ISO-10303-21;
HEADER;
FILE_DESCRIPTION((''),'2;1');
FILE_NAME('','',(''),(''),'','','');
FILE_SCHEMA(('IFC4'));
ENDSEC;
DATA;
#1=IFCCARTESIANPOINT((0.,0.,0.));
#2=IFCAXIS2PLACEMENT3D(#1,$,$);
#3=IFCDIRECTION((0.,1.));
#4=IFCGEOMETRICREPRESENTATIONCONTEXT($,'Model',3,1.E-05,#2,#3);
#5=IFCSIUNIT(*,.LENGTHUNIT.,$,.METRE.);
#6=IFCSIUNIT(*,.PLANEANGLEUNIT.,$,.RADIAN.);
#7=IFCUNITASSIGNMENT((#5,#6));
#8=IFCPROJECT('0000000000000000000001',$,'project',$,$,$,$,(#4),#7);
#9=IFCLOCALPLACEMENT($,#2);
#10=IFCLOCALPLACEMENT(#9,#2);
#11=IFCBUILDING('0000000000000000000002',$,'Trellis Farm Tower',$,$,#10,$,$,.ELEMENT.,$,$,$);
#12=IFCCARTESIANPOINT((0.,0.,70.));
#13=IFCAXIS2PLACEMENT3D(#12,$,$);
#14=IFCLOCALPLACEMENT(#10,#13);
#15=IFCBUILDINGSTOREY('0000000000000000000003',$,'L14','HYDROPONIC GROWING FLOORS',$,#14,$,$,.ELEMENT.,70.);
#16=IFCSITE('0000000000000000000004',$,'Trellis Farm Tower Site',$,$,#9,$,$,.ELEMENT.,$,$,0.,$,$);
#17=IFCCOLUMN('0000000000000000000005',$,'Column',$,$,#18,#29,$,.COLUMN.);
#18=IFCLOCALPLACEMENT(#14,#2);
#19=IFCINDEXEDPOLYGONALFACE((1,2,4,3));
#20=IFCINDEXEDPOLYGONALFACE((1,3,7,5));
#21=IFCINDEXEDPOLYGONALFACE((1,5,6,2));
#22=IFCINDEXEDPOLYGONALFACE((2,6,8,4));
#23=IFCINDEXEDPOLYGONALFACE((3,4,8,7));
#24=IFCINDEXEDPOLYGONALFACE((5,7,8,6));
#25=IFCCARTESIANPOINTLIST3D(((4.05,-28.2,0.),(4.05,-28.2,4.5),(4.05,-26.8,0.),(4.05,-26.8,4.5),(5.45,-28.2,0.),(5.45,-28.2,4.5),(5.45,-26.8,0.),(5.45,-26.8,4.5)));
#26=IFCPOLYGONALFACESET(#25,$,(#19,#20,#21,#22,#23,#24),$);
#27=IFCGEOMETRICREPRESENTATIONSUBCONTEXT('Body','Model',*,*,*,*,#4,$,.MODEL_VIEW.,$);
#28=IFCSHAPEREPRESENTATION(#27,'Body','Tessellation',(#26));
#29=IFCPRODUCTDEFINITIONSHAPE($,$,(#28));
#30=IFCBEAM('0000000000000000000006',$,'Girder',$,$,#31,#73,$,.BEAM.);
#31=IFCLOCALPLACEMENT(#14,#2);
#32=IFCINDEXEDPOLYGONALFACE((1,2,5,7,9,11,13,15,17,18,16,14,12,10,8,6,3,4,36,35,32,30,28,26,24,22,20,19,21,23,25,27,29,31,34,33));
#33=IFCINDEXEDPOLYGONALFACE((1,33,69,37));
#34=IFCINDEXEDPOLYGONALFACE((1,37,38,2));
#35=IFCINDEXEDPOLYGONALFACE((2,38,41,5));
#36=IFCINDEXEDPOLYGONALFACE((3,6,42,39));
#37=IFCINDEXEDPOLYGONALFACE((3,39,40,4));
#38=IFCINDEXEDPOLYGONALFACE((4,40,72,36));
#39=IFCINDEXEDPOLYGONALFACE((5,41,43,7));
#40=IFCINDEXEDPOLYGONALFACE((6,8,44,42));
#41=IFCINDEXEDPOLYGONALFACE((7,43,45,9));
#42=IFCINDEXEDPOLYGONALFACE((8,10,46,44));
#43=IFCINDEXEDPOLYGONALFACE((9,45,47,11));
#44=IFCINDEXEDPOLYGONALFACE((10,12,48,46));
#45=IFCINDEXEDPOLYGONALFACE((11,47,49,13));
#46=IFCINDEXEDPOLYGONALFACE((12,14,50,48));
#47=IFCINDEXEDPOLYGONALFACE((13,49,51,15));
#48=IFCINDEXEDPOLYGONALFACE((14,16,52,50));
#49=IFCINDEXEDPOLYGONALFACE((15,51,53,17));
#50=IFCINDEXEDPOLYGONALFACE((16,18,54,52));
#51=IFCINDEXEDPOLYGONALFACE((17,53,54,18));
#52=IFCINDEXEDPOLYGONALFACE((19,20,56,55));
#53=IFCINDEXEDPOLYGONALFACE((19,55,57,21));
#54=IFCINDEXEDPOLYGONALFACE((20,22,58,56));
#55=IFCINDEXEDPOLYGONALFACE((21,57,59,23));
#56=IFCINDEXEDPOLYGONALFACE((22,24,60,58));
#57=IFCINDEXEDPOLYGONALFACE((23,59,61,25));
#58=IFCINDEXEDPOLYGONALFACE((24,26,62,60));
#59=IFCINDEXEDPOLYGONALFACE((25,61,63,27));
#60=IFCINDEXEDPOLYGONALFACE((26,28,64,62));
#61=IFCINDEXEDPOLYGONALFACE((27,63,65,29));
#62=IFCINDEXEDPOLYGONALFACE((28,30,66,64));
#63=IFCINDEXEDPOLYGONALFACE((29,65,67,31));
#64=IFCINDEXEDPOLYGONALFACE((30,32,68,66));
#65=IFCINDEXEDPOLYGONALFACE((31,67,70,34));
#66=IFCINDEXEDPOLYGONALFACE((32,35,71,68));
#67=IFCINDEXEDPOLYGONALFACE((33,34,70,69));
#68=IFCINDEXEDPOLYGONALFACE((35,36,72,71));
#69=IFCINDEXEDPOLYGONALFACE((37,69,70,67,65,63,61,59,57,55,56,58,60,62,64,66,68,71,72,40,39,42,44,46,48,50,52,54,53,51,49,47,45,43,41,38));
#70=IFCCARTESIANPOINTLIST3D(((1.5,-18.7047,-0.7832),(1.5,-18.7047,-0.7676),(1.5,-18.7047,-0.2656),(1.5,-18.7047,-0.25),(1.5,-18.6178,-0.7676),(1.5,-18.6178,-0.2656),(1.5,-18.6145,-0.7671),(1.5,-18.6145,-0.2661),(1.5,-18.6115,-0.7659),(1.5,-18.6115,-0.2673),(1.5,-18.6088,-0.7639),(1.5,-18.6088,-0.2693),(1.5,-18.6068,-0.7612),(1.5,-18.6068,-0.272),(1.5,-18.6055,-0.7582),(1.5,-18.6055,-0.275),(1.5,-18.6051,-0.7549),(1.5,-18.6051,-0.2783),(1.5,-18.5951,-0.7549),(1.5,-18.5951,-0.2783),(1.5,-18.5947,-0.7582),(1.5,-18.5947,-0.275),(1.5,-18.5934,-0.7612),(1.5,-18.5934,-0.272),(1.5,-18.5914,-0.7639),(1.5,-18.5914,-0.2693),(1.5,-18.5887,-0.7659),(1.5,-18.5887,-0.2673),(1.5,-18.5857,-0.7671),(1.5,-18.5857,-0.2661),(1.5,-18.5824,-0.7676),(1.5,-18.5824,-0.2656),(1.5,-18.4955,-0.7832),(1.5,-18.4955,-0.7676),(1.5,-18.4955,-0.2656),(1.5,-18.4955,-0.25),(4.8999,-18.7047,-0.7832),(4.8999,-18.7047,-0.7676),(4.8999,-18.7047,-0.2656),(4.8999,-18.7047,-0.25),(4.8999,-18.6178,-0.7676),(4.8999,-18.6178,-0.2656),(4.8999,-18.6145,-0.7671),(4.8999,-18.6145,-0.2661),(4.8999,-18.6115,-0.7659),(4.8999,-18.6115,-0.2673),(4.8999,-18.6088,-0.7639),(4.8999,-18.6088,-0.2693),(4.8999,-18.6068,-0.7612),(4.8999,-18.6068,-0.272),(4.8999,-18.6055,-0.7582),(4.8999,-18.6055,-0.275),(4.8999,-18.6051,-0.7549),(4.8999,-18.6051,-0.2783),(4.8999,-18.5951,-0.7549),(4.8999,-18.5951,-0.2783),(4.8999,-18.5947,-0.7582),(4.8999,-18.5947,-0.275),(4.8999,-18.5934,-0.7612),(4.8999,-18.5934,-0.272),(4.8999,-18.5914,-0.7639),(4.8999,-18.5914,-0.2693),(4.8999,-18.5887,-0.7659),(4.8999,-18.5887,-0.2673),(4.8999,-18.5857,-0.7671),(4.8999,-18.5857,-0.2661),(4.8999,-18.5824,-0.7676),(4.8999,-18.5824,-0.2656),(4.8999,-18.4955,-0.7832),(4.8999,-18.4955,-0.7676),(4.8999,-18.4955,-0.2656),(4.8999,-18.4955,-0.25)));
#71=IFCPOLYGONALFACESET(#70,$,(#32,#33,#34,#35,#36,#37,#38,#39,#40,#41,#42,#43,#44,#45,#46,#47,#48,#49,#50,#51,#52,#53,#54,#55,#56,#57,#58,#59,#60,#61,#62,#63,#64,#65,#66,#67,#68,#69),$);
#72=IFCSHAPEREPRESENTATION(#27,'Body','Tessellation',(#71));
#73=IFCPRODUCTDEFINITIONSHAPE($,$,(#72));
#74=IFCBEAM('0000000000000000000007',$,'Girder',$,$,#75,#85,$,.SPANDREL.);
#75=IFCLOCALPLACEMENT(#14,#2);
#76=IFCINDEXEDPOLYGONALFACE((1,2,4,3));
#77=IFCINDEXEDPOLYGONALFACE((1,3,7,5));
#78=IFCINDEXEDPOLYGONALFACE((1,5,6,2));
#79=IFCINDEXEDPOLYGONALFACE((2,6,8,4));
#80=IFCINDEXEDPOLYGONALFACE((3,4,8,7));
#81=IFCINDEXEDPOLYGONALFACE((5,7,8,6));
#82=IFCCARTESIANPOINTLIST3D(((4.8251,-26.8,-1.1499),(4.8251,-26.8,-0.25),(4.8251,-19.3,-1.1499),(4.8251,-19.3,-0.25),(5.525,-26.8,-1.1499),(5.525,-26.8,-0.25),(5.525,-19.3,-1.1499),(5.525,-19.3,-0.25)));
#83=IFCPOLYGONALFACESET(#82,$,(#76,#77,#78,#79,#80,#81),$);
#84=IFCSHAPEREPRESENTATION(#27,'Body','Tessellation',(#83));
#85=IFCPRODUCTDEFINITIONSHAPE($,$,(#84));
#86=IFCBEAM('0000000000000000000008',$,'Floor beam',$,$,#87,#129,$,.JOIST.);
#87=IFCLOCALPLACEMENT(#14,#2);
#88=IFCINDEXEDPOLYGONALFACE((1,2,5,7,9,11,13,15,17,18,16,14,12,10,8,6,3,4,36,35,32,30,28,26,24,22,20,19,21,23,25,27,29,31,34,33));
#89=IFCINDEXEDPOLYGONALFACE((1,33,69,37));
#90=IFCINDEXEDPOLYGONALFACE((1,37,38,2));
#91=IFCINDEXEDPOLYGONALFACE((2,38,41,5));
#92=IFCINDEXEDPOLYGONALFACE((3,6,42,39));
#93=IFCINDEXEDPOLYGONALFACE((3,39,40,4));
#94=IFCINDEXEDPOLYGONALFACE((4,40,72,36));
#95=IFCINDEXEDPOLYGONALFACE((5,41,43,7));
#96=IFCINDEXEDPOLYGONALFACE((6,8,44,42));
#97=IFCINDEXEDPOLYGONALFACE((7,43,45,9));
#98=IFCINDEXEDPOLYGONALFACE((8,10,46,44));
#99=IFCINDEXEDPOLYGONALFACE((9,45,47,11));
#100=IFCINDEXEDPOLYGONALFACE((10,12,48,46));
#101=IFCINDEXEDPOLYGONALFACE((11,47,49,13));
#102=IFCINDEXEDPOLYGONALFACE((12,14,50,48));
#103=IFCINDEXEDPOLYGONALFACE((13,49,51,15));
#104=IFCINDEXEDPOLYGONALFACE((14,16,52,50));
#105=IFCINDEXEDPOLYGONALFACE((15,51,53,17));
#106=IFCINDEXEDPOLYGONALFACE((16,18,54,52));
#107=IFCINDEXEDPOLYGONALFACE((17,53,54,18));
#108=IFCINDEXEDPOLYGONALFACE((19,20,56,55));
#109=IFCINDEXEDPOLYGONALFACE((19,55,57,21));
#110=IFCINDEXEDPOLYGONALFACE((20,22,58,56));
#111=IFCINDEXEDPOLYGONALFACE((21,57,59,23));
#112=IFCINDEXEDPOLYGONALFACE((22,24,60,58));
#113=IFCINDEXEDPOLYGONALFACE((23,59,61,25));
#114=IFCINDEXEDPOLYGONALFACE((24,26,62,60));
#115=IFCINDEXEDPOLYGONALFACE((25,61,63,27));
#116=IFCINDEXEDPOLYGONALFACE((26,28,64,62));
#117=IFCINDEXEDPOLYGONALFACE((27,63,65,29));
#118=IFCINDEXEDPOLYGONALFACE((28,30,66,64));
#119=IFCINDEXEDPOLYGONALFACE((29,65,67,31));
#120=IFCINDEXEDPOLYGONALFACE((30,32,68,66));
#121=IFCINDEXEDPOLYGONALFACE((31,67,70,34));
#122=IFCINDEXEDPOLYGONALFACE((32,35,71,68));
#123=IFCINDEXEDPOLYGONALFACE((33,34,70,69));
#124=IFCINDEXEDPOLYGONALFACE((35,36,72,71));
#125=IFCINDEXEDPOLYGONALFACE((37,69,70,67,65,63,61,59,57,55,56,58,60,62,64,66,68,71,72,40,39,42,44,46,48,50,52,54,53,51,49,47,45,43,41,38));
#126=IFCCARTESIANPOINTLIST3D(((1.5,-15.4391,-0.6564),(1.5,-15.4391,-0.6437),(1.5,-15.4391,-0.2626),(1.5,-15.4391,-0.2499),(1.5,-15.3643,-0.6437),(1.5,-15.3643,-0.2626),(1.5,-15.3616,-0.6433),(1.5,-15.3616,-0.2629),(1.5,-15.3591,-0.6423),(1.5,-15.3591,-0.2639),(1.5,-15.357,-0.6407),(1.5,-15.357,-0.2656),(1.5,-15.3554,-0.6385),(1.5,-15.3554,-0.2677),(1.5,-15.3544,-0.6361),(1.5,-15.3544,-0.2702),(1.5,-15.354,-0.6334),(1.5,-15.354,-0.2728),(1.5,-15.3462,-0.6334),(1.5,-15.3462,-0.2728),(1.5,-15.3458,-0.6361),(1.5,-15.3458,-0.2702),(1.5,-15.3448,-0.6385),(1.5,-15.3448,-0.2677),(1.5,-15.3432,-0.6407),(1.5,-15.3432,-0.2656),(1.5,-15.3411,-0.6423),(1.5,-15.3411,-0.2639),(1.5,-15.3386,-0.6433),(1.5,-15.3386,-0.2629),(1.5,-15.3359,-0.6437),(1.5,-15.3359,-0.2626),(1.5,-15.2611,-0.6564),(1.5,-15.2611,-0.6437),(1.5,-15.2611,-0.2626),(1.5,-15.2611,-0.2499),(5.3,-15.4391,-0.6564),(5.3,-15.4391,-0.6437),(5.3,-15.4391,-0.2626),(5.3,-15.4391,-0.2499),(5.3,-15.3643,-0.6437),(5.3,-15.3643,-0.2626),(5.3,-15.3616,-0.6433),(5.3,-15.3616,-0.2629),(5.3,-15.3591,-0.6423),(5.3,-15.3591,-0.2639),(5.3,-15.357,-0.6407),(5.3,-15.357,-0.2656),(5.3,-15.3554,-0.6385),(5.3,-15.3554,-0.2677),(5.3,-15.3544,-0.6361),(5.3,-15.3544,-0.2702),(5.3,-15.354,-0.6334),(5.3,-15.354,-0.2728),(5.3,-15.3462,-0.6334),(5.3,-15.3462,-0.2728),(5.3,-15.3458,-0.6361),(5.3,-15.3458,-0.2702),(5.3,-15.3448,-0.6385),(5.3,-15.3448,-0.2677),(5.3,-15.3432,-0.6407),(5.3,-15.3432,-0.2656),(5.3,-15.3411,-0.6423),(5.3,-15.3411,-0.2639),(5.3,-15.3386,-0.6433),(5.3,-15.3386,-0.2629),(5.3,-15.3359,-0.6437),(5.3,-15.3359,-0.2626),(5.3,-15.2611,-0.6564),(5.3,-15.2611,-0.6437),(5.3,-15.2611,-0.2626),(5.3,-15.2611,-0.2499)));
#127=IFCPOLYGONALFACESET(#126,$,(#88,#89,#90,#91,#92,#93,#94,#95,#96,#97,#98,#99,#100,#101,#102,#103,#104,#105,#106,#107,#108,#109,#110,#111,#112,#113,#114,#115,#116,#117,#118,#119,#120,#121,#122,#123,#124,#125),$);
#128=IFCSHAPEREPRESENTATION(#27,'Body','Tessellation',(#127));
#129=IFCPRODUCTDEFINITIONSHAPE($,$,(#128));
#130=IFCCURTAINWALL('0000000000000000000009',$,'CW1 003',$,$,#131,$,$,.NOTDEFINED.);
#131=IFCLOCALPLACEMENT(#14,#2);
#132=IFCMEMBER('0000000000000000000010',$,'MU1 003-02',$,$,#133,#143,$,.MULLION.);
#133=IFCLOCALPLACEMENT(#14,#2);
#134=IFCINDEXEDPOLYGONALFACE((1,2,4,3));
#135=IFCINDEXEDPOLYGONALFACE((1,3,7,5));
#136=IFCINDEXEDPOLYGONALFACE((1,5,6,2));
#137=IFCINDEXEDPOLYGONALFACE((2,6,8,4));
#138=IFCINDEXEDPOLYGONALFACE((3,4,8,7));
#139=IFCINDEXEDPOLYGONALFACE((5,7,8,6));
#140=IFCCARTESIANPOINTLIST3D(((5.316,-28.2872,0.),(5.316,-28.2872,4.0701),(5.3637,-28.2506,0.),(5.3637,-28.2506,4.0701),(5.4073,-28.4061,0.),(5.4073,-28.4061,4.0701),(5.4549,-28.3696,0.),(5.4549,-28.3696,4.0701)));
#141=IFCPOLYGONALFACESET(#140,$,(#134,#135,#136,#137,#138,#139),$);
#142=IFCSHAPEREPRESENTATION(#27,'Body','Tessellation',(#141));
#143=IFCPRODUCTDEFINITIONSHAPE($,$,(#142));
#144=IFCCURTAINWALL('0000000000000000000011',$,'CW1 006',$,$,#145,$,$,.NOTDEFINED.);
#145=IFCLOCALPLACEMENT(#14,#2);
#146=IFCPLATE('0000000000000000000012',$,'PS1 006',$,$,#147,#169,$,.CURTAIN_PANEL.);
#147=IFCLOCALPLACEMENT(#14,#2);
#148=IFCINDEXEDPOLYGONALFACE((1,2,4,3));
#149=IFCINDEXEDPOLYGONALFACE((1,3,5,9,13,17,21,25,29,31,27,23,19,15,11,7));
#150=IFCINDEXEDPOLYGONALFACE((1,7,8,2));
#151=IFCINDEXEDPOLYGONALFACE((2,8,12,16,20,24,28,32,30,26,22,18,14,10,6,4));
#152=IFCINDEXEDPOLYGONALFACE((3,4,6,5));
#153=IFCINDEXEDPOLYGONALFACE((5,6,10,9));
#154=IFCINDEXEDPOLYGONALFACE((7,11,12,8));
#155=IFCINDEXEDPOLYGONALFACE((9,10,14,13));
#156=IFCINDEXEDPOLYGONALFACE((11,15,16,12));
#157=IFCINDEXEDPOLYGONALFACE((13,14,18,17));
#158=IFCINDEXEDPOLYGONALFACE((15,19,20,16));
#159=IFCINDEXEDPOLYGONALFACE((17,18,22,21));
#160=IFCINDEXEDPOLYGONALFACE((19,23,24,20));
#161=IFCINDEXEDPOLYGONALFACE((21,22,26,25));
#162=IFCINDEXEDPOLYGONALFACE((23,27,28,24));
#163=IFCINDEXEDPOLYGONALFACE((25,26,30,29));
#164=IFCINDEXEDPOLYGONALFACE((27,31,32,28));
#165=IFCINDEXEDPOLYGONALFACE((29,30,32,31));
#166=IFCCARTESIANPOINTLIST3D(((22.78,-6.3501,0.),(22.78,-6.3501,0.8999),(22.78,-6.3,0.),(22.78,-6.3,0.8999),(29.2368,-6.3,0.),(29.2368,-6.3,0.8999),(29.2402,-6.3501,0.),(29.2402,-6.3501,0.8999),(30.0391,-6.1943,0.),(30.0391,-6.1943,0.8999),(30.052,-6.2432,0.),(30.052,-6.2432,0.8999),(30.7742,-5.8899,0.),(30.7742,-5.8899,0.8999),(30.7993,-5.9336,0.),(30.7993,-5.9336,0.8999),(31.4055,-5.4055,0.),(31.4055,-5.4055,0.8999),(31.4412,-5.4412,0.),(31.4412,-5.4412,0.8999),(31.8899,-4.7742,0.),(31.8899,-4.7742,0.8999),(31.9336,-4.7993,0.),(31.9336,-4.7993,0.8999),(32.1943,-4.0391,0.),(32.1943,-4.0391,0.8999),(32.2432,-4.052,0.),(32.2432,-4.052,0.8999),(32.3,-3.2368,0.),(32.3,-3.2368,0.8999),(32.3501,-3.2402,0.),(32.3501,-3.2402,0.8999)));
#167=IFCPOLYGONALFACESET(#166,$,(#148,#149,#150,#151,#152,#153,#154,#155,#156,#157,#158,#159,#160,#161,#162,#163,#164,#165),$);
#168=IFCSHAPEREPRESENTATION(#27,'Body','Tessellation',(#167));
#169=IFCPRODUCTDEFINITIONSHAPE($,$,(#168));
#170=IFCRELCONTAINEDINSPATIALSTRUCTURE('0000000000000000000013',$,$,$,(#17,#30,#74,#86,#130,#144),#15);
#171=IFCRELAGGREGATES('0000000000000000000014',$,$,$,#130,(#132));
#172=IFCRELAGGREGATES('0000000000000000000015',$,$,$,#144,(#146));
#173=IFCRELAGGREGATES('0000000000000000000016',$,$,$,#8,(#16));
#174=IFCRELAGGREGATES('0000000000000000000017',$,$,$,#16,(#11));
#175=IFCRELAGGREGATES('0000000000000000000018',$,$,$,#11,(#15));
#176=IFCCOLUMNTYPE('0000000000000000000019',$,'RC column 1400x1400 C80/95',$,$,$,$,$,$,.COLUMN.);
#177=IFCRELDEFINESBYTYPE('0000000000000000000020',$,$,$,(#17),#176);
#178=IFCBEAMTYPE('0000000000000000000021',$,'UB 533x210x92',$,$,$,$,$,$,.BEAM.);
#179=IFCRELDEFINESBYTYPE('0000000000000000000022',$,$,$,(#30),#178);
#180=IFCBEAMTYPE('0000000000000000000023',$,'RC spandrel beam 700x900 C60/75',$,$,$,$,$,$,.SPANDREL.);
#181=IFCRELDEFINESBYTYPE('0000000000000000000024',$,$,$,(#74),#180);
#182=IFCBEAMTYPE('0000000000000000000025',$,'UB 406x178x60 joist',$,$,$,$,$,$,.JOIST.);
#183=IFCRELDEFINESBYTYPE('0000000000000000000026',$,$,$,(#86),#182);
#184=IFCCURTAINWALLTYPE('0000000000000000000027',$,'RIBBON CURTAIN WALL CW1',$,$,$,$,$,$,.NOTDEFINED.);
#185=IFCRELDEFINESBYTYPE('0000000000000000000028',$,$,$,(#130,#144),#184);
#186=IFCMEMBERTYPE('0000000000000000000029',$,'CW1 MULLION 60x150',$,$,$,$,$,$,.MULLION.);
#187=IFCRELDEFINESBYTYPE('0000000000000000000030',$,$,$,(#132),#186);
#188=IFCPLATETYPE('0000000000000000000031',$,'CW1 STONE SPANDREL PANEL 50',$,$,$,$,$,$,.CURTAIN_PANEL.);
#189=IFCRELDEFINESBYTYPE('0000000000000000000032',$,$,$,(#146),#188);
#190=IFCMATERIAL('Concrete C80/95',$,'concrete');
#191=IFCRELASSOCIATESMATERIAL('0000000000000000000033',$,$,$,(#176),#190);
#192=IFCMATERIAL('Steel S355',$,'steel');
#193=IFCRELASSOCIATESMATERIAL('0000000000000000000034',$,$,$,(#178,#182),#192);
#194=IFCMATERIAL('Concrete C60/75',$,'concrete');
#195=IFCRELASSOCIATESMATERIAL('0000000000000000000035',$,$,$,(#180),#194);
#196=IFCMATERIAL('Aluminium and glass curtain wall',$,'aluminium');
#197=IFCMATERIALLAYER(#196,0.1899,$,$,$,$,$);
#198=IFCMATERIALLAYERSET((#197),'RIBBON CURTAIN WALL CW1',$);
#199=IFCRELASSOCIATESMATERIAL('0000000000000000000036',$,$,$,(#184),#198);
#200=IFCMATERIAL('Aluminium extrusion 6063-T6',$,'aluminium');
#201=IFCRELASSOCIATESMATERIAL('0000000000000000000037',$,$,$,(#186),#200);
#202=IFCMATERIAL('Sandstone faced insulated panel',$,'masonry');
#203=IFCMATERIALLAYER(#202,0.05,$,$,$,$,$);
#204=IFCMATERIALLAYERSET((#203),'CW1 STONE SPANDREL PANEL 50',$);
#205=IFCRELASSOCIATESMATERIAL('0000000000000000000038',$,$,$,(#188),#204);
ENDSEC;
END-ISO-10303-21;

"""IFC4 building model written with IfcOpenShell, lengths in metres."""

from ifc_helpers import new_model, si_unit, direction, frame, origin, origin_2d, place, context, subcontext, project, spatial, polyline, rectangle, i_section, outline, extrude, source, transform, mapped, material, layer, layer_set, material_profile, profile_set, type_object, element, aggregate, save


model = new_model("IFC4")

# Units and contexts
model_context = context("Model", 3, precision=1e-05, world=origin(), true_north=direction((0.0, 1.0)))
body_context = subcontext(model_context, "Body", "Model", "MODEL_VIEW")
ifc_project = project(units=[si_unit("LENGTHUNIT", "METRE"), si_unit("PLANEANGLEUNIT", "RADIAN")], contexts=[model_context])

# Site, building, storey
site_placement = place(None, origin())
site = spatial("IfcSite", under=ifc_project, at=site_placement, Name="Trellis Farm Tower Site", CompositionType="ELEMENT", RefElevation=0.0)
building_placement = place(site_placement, origin())
building = spatial("IfcBuilding", under=site, at=building_placement, Name="Trellis Farm Tower", CompositionType="ELEMENT")
storey_placement = place(building_placement, frame((0.0, 0.0, 70.0)))
storey = spatial("IfcBuildingStorey", under=building, at=storey_placement, Name="L14", Description="HYDROPONIC GROWING FLOORS", CompositionType="ELEMENT", Elevation=70.0)

# Column
ifc_material_1 = material(Name="Concrete C80/95", Category="concrete")
ifc_material_profile_1 = material_profile(ifc_material_1, rectangle(XDim=1.3999, YDim=1.3999, at=origin_2d()), Name="RC column 1400x1400 C80/95")
ifc_profile_set_1 = profile_set([ifc_material_profile_1], Name="Concrete C80/95")
column_type = type_object("IfcColumnType", Name="RC column 1400x1400 C80/95", PredefinedType="COLUMN", material=ifc_profile_set_1)
shared_shape_1 = source(origin(), body_context, "Body", "SweptSolid", [
    extrude(rectangle(XDim=1.3999, YDim=1.3999, at=origin_2d()), origin(), (0.0, 0.0, 1.0), 4.5),
])
column_placement = place(storey_placement, frame((4.75, -27.5, 0.0), z_axis=(0.0, 0.0, 1.0), x_axis=(1.0, 0.0, 0.0)))
element("IfcColumn", 1, at=column_placement, inside=storey, type_object=column_type, Name="Column", PredefinedType="COLUMN", context=body_context, shape_type="MappedRepresentation", body=[
    mapped(shared_shape_1, transform((0.0, 0.0, 0.0))),
])

# Beams
ifc_material_2 = material(Name="Steel S355", Category="steel")
ifc_material_profile_2 = material_profile(ifc_material_2, i_section(OverallWidth=0.2092, OverallDepth=0.5332, WebThickness=0.01, FlangeThickness=0.0156, FilletRadius=0.0127, at=origin_2d()), Name="UB 533x210x92")
ifc_profile_set_2 = profile_set([ifc_material_profile_2], Name="Steel S355")
beam_type_1 = type_object("IfcBeamType", Name="UB 533x210x92", PredefinedType="BEAM", material=ifc_profile_set_2)
shared_shape_2 = source(origin(), body_context, "Body", "SweptSolid", [
    extrude(i_section(OverallWidth=0.2092, OverallDepth=0.5332, WebThickness=0.01, FlangeThickness=0.0156, FilletRadius=0.0127, at=origin_2d()), origin(), (0.0, 0.0, 1.0), 3.3999),
])
beam_1_placement = place(storey_placement, frame((1.5, -18.6001, -0.5166), z_axis=(1.0, 0.0, 0.0), x_axis=(0.0, 1.0, 0.0)))
element("IfcBeam", 2, at=beam_1_placement, inside=storey, type_object=beam_type_1, Name="Girder", PredefinedType="BEAM", context=body_context, shape_type="MappedRepresentation", body=[
    mapped(shared_shape_2, transform((0.0, 0.0, 0.0))),
])
ifc_material_3 = material(Name="Concrete C60/75", Category="concrete")
ifc_material_profile_3 = material_profile(ifc_material_3, rectangle(XDim=0.7, YDim=0.8999, at=origin_2d()), Name="RC spandrel beam 700x900 C60/75")
ifc_profile_set_3 = profile_set([ifc_material_profile_3], Name="Concrete C60/75")
beam_type_2 = type_object("IfcBeamType", Name="RC spandrel beam 700x900 C60/75", PredefinedType="SPANDREL", material=ifc_profile_set_3)
shared_shape_3 = source(origin(), body_context, "Body", "SweptSolid", [
    extrude(rectangle(XDim=0.7, YDim=0.8999, at=origin_2d()), origin(), (0.0, 0.0, 1.0), 7.5),
])
beam_2_placement = place(storey_placement, frame((5.175, -26.8, -0.7), z_axis=(0.0, 1.0, 0.0), x_axis=(-1.0, 0.0, 0.0)))
element("IfcBeam", 3, at=beam_2_placement, inside=storey, type_object=beam_type_2, Name="Girder", PredefinedType="SPANDREL", context=body_context, shape_type="MappedRepresentation", body=[
    mapped(shared_shape_3, transform((0.0, 0.0, 0.0))),
])
ifc_material_profile_4 = material_profile(ifc_material_2, i_section(OverallWidth=0.178, OverallDepth=0.4065, WebThickness=0.0078, FlangeThickness=0.0127, FilletRadius=0.0103, at=origin_2d()), Name="UB 406x178x60")
ifc_profile_set_4 = profile_set([ifc_material_profile_4], Name="Steel S355")
beam_type_3 = type_object("IfcBeamType", Name="UB 406x178x60 joist", PredefinedType="JOIST", material=ifc_profile_set_4)
shared_shape_4 = source(origin(), body_context, "Body", "SweptSolid", [
    extrude(i_section(OverallWidth=0.178, OverallDepth=0.4065, WebThickness=0.0078, FlangeThickness=0.0127, FilletRadius=0.0103, at=origin_2d()), origin(), (0.0, 0.0, 1.0), 3.8),
])
beam_3_placement = place(storey_placement, frame((1.5, -15.3501, -0.4531), z_axis=(1.0, 0.0, 0.0), x_axis=(0.0, 1.0, 0.0)))
element("IfcBeam", 4, at=beam_3_placement, inside=storey, type_object=beam_type_3, Name="Floor beam", PredefinedType="JOIST", context=body_context, shape_type="MappedRepresentation", body=[
    mapped(shared_shape_4, transform((0.0, 0.0, 0.0))),
])

# Curtain wall, member
ifc_material_4 = material(Name="Aluminium and glass curtain wall", Category="aluminium")
ifc_layer_1 = layer(ifc_material_4, 0.1899)
ifc_layer_set_1 = layer_set([ifc_layer_1], Name="RIBBON CURTAIN WALL CW1")
curtain_wall_type = type_object("IfcCurtainWallType", Name="RIBBON CURTAIN WALL CW1", PredefinedType="NOTDEFINED", material=ifc_layer_set_1)
placement = place(storey_placement, origin())
curtain_wall_1 = element("IfcCurtainWall", 5, at=placement, inside=storey, type_object=curtain_wall_type, Name="CW1 003", PredefinedType="NOTDEFINED")
ifc_material_5 = material(Name="Aluminium extrusion 6063-T6", Category="aluminium")
ifc_material_profile_5 = material_profile(ifc_material_5, rectangle(XDim=0.0601, YDim=0.1499, at=origin_2d()), Name="MULLION 60x150")
ifc_profile_set_5 = profile_set([ifc_material_profile_5], Name="Aluminium extrusion 6063-T6")
member_type = type_object("IfcMemberType", Name="CW1 MULLION 60x150", PredefinedType="MULLION", material=ifc_profile_set_5)
shared_shape_5 = source(origin(), body_context, "Body", "SweptSolid", [
    extrude(rectangle(XDim=0.0601, YDim=0.1499, at=origin_2d()), origin(), (0.0, 0.0, 1.0), 4.0701),
])
member_placement = place(storey_placement, frame((5.3855, -28.3284, 0.0), z_axis=(0.0, 0.0, 1.0), x_axis=(0.793353, 0.608761, 0.0)))
member = element("IfcMember", 6, at=member_placement, type_object=member_type, Name="MU1 003-02", PredefinedType="MULLION", context=body_context, shape_type="MappedRepresentation", body=[
    mapped(shared_shape_5, transform((0.0, 0.0, 0.0))),
])
aggregate(curtain_wall_1, [member])

# Curtain wall, plate
curtain_wall_2 = element("IfcCurtainWall", 7, at=placement, inside=storey, type_object=curtain_wall_type, Name="CW1 006", PredefinedType="NOTDEFINED")
ifc_material_6 = material(Name="Sandstone faced insulated panel", Category="masonry")
ifc_layer_2 = layer(ifc_material_6, 0.05)
ifc_layer_set_2 = layer_set([ifc_layer_2], Name="CW1 STONE SPANDREL PANEL 50")
plate_type = type_object("IfcPlateType", Name="CW1 STONE SPANDREL PANEL 50", PredefinedType="CURTAIN_PANEL", material=ifc_layer_set_2)
shared_shape_6 = source(origin(), body_context, "Body", "SweptSolid", [
    extrude(outline(polyline([(22.78, -6.3501), (29.2402, -6.3501), (30.052, -6.2432), (30.7993, -5.9336), (31.4412, -5.4412), (31.9336, -4.7993), (32.2432, -4.052), (32.3501, -3.2402), (32.3, -3.2368), (32.1943, -4.0391), (31.8899, -4.7742), (31.4055, -5.4055), (30.7742, -5.8899), (30.0391, -6.1943), (29.2368, -6.3), (22.78, -6.3), (22.78, -6.3501)])), origin(), (0.0, 0.0, 1.0), 0.8999),
])
plate = element("IfcPlate", 8, at=placement, type_object=plate_type, Name="PS1 006", PredefinedType="CURTAIN_PANEL", context=body_context, shape_type="MappedRepresentation", body=[
    mapped(shared_shape_6, transform((0.0, 0.0, 0.0))),
])
aggregate(curtain_wall_2, [plate])

save(model, "model.ifc")
